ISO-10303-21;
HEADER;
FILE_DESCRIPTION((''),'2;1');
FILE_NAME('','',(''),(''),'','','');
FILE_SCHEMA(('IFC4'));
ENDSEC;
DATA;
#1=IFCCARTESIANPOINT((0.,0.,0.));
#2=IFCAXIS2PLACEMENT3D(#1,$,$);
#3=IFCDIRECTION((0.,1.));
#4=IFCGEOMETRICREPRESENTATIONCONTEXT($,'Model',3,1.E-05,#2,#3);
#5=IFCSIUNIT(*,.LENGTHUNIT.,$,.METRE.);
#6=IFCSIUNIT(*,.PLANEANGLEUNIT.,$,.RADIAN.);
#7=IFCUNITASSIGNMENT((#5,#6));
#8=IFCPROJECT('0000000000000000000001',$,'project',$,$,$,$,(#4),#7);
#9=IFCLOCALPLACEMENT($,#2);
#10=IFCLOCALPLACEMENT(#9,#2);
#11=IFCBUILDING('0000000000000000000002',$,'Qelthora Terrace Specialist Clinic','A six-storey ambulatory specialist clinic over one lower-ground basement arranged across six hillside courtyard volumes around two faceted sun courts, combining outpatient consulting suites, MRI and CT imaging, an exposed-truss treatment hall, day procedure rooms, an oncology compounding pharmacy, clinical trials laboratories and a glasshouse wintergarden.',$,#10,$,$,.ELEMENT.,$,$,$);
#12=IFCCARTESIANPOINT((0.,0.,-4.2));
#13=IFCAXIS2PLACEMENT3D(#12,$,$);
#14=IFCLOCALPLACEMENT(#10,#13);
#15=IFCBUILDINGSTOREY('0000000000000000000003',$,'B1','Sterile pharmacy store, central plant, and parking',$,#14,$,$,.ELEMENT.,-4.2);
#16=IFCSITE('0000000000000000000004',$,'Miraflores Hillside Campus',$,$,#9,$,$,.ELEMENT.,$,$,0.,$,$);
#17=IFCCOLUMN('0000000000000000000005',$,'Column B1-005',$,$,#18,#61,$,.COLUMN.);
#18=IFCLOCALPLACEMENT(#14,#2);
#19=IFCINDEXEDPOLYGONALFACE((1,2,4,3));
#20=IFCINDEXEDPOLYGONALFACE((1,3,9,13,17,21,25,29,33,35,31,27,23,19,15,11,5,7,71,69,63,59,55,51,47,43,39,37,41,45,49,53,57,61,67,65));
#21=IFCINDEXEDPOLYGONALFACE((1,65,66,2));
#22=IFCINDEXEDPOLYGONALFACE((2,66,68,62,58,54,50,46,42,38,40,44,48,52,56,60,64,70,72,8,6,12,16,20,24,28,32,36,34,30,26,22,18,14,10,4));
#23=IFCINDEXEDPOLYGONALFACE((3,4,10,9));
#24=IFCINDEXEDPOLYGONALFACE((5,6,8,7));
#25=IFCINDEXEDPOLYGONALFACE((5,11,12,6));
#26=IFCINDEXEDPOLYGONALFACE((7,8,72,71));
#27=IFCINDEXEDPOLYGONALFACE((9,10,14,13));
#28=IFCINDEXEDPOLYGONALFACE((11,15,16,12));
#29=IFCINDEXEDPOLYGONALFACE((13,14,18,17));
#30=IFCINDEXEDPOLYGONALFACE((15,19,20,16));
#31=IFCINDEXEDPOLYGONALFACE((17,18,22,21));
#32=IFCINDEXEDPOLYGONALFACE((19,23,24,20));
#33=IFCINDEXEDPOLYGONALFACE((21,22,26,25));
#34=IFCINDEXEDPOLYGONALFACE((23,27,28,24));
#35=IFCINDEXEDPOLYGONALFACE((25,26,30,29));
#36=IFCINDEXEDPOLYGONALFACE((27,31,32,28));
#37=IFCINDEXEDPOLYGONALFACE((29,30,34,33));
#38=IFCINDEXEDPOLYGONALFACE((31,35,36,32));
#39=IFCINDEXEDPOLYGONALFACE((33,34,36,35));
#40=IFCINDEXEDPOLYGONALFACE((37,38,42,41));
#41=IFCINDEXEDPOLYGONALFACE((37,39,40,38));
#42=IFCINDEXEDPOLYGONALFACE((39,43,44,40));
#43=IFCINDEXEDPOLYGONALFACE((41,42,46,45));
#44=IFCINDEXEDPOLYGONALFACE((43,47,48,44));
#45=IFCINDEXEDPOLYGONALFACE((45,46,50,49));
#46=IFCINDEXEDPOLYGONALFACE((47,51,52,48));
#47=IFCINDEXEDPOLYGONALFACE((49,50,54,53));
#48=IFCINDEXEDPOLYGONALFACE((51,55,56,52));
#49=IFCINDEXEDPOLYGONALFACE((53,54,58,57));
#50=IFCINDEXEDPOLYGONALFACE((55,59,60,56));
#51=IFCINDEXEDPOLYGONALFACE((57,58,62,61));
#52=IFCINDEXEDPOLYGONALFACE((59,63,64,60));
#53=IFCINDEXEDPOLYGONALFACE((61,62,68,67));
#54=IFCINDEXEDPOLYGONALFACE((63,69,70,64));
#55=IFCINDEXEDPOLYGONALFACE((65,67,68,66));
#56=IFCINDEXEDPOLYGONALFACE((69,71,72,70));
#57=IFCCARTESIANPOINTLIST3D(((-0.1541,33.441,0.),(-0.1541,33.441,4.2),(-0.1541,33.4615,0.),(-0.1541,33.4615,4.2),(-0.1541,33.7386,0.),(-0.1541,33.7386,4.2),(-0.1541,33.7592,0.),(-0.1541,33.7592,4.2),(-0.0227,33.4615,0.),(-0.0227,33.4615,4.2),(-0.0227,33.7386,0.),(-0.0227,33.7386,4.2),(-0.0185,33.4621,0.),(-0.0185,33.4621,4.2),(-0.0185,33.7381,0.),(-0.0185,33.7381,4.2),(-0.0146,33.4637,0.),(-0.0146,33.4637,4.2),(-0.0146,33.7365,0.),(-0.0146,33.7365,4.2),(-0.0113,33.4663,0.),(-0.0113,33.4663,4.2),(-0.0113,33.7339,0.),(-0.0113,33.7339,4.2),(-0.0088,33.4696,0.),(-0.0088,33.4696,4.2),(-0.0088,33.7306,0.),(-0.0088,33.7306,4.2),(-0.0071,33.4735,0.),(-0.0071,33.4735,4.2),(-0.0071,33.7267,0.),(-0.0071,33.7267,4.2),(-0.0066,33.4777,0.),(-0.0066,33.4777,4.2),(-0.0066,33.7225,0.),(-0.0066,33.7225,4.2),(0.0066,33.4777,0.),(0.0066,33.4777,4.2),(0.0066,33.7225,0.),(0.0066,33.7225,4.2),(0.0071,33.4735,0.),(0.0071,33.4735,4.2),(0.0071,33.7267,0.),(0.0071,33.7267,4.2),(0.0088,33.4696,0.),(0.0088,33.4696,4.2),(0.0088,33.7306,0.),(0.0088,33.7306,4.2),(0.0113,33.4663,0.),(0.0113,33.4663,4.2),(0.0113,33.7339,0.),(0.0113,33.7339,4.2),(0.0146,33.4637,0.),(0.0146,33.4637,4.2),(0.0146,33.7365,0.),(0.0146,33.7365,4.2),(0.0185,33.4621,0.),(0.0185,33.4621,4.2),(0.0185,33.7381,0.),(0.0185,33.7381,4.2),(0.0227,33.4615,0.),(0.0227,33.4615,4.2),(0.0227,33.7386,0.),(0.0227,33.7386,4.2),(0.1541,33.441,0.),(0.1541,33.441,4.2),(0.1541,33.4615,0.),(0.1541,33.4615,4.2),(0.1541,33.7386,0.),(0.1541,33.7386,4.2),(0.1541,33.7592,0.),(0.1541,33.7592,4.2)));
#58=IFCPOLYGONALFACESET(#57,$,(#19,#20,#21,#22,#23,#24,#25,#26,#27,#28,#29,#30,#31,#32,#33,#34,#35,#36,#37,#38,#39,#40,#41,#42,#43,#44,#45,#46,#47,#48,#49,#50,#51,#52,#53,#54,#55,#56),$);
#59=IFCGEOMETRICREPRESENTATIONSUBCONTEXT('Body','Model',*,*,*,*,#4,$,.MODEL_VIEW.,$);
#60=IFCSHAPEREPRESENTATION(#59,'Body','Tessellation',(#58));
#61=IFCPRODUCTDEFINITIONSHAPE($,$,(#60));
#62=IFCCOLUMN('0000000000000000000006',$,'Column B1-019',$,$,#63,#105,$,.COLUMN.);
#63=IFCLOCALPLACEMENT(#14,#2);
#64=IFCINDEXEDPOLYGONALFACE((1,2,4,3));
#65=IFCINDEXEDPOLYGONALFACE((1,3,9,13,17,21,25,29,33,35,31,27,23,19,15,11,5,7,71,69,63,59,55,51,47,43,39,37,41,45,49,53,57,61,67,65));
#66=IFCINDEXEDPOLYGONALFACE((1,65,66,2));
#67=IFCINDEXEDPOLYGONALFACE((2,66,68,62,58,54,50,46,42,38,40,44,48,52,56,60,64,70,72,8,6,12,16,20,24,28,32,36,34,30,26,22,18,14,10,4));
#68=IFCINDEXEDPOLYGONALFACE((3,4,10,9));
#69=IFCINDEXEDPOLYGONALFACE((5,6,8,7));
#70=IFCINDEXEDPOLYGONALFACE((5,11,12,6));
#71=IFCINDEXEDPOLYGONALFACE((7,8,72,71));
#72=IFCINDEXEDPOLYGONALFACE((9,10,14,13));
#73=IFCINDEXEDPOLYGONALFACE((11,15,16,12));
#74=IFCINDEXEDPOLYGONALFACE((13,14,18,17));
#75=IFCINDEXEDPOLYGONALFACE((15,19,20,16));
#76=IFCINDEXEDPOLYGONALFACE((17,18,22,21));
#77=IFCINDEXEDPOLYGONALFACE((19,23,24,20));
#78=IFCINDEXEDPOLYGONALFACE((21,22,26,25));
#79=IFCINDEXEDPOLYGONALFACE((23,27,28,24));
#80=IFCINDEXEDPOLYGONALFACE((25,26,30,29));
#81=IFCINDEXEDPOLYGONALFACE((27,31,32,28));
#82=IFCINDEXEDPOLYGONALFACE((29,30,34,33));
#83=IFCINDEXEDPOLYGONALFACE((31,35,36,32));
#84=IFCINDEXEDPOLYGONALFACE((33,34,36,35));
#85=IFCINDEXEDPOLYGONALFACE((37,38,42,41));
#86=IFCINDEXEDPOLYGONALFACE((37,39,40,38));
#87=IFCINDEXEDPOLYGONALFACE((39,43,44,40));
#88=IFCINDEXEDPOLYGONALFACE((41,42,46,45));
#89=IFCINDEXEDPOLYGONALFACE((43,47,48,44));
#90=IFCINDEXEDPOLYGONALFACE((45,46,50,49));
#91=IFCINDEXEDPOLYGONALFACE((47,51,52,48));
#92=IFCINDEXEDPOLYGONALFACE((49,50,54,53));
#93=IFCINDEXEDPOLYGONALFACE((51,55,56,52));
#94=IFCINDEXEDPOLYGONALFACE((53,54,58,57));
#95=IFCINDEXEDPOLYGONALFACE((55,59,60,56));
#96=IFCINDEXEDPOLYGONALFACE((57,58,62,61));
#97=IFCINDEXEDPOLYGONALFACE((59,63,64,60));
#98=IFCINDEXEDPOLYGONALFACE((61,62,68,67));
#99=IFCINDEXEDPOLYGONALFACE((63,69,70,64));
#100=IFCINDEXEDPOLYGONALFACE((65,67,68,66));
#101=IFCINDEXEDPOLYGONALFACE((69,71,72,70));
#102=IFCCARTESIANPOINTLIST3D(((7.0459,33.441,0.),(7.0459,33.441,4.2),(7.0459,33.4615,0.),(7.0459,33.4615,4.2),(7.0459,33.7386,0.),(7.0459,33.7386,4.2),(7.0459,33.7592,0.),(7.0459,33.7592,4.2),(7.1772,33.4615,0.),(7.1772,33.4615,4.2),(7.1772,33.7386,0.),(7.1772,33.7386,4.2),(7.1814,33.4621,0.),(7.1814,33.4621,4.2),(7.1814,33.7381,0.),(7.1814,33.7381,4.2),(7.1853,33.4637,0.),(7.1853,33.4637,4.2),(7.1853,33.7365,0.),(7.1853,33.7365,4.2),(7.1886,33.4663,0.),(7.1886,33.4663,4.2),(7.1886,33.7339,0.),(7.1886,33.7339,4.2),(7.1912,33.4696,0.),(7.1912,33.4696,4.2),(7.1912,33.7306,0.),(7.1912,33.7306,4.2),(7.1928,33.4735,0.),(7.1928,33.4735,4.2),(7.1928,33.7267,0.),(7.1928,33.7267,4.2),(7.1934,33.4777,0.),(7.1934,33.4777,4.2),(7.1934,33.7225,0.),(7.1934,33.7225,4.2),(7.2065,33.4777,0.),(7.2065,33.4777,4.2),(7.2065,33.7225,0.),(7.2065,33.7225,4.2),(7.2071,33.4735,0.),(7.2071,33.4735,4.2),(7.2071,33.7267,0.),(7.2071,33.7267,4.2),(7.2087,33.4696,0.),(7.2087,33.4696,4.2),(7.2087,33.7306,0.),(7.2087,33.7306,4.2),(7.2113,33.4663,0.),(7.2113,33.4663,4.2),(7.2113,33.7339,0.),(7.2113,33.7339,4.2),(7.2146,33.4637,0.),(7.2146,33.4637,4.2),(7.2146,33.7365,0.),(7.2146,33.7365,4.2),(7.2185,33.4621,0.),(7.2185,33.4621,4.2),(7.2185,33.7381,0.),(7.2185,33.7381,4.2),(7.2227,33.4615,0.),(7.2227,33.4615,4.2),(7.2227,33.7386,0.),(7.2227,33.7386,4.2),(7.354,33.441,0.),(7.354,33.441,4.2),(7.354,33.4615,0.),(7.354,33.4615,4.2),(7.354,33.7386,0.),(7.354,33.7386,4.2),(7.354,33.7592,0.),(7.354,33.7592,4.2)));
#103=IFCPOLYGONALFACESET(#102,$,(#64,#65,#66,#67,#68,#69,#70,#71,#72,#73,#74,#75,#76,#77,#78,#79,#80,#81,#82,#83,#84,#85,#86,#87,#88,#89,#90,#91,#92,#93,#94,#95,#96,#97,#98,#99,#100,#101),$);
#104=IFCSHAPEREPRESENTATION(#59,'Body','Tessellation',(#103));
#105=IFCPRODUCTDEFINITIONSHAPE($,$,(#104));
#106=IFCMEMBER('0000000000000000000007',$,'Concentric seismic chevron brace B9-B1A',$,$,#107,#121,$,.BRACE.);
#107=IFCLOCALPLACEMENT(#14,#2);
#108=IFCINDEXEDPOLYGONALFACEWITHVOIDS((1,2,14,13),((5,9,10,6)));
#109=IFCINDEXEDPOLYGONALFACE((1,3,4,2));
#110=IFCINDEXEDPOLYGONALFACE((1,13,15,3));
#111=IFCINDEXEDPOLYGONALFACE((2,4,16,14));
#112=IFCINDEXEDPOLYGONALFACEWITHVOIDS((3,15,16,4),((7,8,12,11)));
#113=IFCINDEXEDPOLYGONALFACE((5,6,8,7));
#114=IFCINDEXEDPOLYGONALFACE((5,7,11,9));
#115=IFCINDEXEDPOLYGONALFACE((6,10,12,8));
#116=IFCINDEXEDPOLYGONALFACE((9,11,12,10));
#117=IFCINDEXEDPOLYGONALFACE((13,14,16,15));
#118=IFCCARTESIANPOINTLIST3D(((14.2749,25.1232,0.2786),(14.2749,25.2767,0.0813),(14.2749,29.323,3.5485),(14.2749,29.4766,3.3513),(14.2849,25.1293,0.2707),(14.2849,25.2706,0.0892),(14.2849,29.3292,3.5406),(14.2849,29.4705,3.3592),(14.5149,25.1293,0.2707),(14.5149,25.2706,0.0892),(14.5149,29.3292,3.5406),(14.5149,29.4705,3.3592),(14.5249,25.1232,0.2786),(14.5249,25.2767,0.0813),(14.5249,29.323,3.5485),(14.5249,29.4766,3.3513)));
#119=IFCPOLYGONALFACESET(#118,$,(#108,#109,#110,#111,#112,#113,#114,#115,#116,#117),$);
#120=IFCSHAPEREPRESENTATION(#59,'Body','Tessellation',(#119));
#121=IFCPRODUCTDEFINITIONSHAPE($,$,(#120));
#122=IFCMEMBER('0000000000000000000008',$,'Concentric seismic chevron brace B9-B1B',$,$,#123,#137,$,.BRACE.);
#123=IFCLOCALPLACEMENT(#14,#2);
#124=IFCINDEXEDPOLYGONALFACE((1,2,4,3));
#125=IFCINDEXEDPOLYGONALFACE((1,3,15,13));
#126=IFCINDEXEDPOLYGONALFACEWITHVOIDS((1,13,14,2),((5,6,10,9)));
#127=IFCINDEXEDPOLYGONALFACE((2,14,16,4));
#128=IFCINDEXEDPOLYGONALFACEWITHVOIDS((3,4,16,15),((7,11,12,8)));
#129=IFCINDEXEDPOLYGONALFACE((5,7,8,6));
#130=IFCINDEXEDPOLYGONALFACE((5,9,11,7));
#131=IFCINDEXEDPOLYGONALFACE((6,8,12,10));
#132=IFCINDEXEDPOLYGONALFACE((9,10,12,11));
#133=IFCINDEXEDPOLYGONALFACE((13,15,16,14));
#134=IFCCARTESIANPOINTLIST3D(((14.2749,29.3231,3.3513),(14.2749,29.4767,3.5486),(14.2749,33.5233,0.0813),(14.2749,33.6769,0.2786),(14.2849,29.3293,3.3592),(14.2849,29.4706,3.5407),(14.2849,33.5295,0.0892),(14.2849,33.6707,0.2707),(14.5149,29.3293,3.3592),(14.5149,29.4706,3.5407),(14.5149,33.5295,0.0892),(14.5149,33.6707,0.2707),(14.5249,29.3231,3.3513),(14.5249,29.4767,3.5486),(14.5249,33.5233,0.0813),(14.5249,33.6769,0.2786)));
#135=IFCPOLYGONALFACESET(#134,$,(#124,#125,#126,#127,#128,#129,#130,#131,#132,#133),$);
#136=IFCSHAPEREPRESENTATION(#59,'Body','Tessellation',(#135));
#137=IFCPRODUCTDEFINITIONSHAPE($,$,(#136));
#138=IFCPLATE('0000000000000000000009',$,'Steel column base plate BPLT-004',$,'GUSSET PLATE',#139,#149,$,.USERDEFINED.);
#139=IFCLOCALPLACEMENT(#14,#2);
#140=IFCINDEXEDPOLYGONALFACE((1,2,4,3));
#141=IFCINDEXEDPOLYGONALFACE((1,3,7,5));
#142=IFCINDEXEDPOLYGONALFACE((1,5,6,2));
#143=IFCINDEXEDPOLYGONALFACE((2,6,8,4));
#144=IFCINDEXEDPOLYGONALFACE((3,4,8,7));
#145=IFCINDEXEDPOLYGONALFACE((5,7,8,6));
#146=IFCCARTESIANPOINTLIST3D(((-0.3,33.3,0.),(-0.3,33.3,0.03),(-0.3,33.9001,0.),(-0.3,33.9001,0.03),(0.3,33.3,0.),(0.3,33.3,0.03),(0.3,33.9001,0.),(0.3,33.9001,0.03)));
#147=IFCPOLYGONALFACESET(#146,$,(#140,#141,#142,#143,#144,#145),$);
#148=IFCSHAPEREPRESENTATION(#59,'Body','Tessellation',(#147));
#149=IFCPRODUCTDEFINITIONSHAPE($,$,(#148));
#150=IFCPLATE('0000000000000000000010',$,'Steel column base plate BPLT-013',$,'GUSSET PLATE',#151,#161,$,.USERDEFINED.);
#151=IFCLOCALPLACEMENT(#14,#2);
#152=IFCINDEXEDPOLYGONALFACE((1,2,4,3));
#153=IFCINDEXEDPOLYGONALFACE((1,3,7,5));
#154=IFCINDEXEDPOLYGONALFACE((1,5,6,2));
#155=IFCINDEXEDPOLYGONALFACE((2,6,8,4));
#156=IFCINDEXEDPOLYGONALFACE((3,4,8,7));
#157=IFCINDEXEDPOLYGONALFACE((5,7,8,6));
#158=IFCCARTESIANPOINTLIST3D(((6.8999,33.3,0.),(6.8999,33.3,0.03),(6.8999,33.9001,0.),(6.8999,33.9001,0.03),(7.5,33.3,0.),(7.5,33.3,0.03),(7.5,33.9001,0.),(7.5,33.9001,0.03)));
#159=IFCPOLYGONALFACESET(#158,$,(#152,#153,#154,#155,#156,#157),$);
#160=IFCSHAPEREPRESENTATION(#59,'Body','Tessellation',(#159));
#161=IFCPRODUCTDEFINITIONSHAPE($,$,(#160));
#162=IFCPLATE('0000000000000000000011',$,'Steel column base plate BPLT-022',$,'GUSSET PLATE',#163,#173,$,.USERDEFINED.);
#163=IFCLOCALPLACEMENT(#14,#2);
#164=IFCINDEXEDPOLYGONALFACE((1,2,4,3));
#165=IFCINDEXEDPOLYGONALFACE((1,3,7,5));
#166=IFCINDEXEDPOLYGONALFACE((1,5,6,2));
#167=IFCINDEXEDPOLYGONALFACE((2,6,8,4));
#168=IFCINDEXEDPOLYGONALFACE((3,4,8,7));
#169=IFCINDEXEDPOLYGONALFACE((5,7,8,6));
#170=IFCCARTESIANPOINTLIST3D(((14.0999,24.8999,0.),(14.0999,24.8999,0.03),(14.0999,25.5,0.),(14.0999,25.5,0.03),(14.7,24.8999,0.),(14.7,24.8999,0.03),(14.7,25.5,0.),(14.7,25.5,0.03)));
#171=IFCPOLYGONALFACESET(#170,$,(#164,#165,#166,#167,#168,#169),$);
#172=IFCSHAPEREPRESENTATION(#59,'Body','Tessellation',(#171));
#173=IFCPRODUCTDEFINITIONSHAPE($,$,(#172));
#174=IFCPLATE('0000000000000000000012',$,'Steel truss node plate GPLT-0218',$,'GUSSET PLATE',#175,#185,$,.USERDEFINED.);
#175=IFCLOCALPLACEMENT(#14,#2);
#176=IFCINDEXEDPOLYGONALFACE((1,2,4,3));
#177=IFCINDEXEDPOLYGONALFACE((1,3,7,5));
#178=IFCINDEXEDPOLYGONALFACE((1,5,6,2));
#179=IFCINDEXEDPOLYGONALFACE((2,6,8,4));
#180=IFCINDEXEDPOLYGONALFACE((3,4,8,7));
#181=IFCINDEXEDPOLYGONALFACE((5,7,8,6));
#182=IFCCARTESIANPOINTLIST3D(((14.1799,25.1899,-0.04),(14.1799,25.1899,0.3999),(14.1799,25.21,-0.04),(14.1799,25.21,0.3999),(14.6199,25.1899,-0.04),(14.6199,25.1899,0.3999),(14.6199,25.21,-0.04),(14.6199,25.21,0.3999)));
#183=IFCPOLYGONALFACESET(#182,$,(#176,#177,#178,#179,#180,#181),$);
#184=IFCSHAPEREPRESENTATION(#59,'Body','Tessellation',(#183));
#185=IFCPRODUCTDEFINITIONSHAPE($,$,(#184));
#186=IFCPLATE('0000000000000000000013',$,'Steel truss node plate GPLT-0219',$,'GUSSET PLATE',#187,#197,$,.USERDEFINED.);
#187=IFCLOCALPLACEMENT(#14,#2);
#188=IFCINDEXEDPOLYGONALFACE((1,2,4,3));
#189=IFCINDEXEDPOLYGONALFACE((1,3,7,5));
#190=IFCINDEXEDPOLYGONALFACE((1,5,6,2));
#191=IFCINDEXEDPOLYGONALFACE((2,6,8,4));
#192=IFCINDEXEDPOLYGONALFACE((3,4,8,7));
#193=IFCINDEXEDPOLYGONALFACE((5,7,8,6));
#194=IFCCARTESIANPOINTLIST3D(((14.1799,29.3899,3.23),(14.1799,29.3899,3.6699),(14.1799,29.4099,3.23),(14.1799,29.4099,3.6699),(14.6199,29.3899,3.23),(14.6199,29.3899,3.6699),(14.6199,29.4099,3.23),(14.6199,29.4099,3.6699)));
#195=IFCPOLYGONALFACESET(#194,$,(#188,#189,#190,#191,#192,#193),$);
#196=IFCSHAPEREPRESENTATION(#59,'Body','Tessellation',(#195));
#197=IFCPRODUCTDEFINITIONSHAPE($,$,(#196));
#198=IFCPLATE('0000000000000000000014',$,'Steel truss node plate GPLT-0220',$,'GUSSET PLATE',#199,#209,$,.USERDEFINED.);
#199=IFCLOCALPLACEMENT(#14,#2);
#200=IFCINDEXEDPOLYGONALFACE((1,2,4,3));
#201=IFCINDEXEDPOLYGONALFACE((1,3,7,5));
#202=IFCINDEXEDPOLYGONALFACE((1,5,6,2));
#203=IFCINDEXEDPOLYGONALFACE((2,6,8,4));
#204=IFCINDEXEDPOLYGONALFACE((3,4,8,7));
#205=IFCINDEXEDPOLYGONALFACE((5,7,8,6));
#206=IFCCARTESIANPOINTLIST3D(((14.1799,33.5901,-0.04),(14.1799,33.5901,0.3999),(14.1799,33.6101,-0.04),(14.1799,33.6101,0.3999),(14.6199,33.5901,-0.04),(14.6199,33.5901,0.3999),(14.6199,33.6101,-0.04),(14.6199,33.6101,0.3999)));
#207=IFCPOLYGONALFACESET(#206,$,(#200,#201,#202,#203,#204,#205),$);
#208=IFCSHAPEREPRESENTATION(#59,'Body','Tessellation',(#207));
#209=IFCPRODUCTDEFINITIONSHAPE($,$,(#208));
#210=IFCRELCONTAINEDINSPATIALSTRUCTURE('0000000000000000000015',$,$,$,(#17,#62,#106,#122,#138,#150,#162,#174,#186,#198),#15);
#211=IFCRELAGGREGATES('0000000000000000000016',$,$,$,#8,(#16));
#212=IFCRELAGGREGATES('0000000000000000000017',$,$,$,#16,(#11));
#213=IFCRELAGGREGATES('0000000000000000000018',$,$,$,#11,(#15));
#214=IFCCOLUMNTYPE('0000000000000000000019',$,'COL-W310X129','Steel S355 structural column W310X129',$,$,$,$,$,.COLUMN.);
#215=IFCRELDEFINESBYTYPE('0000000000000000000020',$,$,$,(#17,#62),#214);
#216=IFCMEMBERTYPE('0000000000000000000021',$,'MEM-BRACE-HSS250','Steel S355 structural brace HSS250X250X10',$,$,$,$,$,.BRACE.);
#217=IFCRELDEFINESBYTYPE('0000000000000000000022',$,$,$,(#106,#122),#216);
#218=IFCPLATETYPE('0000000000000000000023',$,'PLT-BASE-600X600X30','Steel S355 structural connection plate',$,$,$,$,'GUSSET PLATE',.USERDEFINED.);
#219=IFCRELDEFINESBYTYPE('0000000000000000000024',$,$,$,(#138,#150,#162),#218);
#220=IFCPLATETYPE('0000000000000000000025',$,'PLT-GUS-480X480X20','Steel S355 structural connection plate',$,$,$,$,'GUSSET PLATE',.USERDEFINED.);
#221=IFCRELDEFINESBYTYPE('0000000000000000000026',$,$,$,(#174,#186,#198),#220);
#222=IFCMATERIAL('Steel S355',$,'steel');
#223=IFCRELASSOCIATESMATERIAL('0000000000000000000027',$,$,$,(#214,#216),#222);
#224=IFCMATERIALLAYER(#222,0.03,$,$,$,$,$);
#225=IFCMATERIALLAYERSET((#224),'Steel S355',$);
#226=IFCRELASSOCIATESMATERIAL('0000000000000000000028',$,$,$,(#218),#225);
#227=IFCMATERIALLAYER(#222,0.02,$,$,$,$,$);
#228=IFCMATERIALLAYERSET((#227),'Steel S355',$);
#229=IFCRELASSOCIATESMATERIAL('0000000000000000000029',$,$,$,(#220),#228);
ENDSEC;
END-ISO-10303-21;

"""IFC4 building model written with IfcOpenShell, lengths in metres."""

from ifc_helpers import new_model, si_unit, direction, frame, origin, origin_2d, place, context, subcontext, project, spatial, rectangle, hollow_rectangle, i_section, extrude, material, layer, layer_set, material_profile, profile_set, type_object, element, save


model = new_model("IFC4")

# Units and contexts
model_context = context("Model", 3, precision=1e-05, world=origin(), true_north=direction((0.0, 1.0)))
body_context = subcontext(model_context, "Body", "Model", "MODEL_VIEW")
ifc_project = project(units=[si_unit("LENGTHUNIT", "METRE"), si_unit("PLANEANGLEUNIT", "RADIAN")], contexts=[model_context])

# Site, building, storey
site_placement = place(None, origin())
site = spatial("IfcSite", under=ifc_project, at=site_placement, Name="Miraflores Hillside Campus", CompositionType="ELEMENT", RefElevation=0.0)
building_placement = place(site_placement, origin())
building = spatial("IfcBuilding", under=site, at=building_placement, Name="Qelthora Terrace Specialist Clinic", Description="A six-storey ambulatory specialist clinic over one lower-ground basement arranged across six hillside courtyard volumes around two faceted sun courts, combining outpatient consulting suites, MRI and CT imaging, an exposed-truss treatment hall, day procedure rooms, an oncology compounding pharmacy, clinical trials laboratories and a glasshouse wintergarden.", CompositionType="ELEMENT")
storey_placement = place(building_placement, frame((0.0, 0.0, -4.2)))
storey = spatial("IfcBuildingStorey", under=building, at=storey_placement, Name="B1", Description="Sterile pharmacy store, central plant, and parking", CompositionType="ELEMENT", Elevation=-4.2)

# Columns
ifc_material_1 = material(Name="Steel S355", Category="steel")
ifc_material_profile_1 = material_profile(ifc_material_1, i_section(OverallWidth=0.3081, OverallDepth=0.3181, WebThickness=0.0132, FlangeThickness=0.0205, FilletRadius=0.0161, at=origin_2d()), Name="W310X129")
ifc_profile_set_1 = profile_set([ifc_material_profile_1], Name="Steel S355")
column_type_1 = type_object("IfcColumnType", Name="COL-W310X129", Description="Steel S355 structural column W310X129", PredefinedType="COLUMN", material=ifc_profile_set_1)
for number, where, z_axis, x_axis, name in (
    (1, (0.0, 33.6001, 0.0), (0.0, 0.0, 1.0), (1.0, 0.0, 0.0), "Column B1-005"),
    (2, (7.2, 33.6001, 0.0), (0.0, 0.0, 1.0), (1.0, 0.0, 0.0), "Column B1-019"),
):
    element("IfcColumn", number, at=place(storey_placement, frame(where, z_axis=z_axis, x_axis=x_axis)), inside=storey, type_object=column_type_1, Name=name, PredefinedType="COLUMN", context=body_context, shape_type="SweptSolid", body=[
        extrude(i_section(OverallWidth=0.3081, OverallDepth=0.3181, WebThickness=0.0132, FlangeThickness=0.0205, FilletRadius=0.0161, at=origin_2d()), origin(), (0.0, 0.0, 1.0), 4.2),
    ])

# Members
ifc_material_profile_2 = material_profile(ifc_material_1, hollow_rectangle(XDim=0.25, YDim=0.25, WallThickness=0.01, at=origin_2d()), Name="HSS250X250X10")
ifc_profile_set_2 = profile_set([ifc_material_profile_2], Name="Steel S355")
member_type = type_object("IfcMemberType", Name="MEM-BRACE-HSS250", Description="Steel S355 structural brace HSS250X250X10", PredefinedType="BRACE", material=ifc_profile_set_2)
member_1_placement = place(storey_placement, frame((14.3999, 25.2, 0.1799), z_axis=(0.0, 0.789043, 0.614337), x_axis=(-1.0, 0.0, 0.0)))
element("IfcMember", 3, at=member_1_placement, inside=storey, type_object=member_type, Name="Concentric seismic chevron brace B9-B1A", PredefinedType="BRACE", context=body_context, shape_type="SweptSolid", body=[
    extrude(hollow_rectangle(XDim=0.25, YDim=0.25, WallThickness=0.01, at=origin_2d()), origin(), (0.0, 0.0, 1.0), 5.3228),
])
member_2_placement = place(storey_placement, frame((14.3999, 33.6001, 0.1799), z_axis=(0.0, -0.789061, 0.614315), x_axis=(1.0, 0.0, 0.0)))
element("IfcMember", 4, at=member_2_placement, inside=storey, type_object=member_type, Name="Concentric seismic chevron brace B9-B1B", PredefinedType="BRACE", context=body_context, shape_type="SweptSolid", body=[
    extrude(hollow_rectangle(XDim=0.25, YDim=0.25, WallThickness=0.01, at=origin_2d()), origin(), (0.0, 0.0, 1.0), 5.323),
])

# Plates
ifc_layer_1 = layer(ifc_material_1, 0.03)
ifc_layer_set_1 = layer_set([ifc_layer_1], Name="Steel S355")
plate_type_1 = type_object("IfcPlateType", Name="PLT-BASE-600X600X30", Description="Steel S355 structural connection plate", ElementType="GUSSET PLATE", PredefinedType="USERDEFINED", material=ifc_layer_set_1)
for number, where, z_axis, x_axis, name in (
    (5, (0.0, 33.6001, 0.0), (0.0, 0.0, 1.0), (1.0, 0.0, 0.0), "Steel column base plate BPLT-004"),
    (6, (7.2, 33.6001, 0.0), (0.0, 0.0, 1.0), (1.0, 0.0, 0.0), "Steel column base plate BPLT-013"),
    (7, (14.3999, 25.2, 0.0), (0.0, 0.0, 1.0), (1.0, 0.0, 0.0), "Steel column base plate BPLT-022"),
):
    element("IfcPlate", number, at=place(storey_placement, frame(where, z_axis=z_axis, x_axis=x_axis)), inside=storey, type_object=plate_type_1, Name=name, ObjectType="GUSSET PLATE", PredefinedType="USERDEFINED", context=body_context, shape_type="SweptSolid", body=[
        extrude(rectangle(XDim=0.6001, YDim=0.6001, at=origin_2d()), origin(), (0.0, 0.0, 1.0), 0.03),
    ])
ifc_layer_2 = layer(ifc_material_1, 0.02)
ifc_layer_set_2 = layer_set([ifc_layer_2], Name="Steel S355")
plate_type_2 = type_object("IfcPlateType", Name="PLT-GUS-480X480X20", Description="Steel S355 structural connection plate", ElementType="GUSSET PLATE", PredefinedType="USERDEFINED", material=ifc_layer_set_2)
for number, where, z_axis, x_axis, name in (
    (8, (14.3999, 25.2, -0.04), (0.0, 0.0, 1.0), (1.0, 0.0, 0.0), "Steel truss node plate GPLT-0218"),
    (9, (14.3999, 29.3999, 3.23), (0.0, 0.0, 1.0), (1.0, 0.0, 0.0), "Steel truss node plate GPLT-0219"),
    (10, (14.3999, 33.6001, -0.04), (0.0, 0.0, 1.0), (1.0, 0.0, 0.0), "Steel truss node plate GPLT-0220"),
):
    element("IfcPlate", number, at=place(storey_placement, frame(where, z_axis=z_axis, x_axis=x_axis)), inside=storey, type_object=plate_type_2, Name=name, ObjectType="GUSSET PLATE", PredefinedType="USERDEFINED", context=body_context, shape_type="SweptSolid", body=[
        extrude(rectangle(XDim=0.4399, YDim=0.02, at=origin_2d()), origin(), (0.0, 0.0, 1.0), 0.4399),
    ])

save(model, "model.ifc")
